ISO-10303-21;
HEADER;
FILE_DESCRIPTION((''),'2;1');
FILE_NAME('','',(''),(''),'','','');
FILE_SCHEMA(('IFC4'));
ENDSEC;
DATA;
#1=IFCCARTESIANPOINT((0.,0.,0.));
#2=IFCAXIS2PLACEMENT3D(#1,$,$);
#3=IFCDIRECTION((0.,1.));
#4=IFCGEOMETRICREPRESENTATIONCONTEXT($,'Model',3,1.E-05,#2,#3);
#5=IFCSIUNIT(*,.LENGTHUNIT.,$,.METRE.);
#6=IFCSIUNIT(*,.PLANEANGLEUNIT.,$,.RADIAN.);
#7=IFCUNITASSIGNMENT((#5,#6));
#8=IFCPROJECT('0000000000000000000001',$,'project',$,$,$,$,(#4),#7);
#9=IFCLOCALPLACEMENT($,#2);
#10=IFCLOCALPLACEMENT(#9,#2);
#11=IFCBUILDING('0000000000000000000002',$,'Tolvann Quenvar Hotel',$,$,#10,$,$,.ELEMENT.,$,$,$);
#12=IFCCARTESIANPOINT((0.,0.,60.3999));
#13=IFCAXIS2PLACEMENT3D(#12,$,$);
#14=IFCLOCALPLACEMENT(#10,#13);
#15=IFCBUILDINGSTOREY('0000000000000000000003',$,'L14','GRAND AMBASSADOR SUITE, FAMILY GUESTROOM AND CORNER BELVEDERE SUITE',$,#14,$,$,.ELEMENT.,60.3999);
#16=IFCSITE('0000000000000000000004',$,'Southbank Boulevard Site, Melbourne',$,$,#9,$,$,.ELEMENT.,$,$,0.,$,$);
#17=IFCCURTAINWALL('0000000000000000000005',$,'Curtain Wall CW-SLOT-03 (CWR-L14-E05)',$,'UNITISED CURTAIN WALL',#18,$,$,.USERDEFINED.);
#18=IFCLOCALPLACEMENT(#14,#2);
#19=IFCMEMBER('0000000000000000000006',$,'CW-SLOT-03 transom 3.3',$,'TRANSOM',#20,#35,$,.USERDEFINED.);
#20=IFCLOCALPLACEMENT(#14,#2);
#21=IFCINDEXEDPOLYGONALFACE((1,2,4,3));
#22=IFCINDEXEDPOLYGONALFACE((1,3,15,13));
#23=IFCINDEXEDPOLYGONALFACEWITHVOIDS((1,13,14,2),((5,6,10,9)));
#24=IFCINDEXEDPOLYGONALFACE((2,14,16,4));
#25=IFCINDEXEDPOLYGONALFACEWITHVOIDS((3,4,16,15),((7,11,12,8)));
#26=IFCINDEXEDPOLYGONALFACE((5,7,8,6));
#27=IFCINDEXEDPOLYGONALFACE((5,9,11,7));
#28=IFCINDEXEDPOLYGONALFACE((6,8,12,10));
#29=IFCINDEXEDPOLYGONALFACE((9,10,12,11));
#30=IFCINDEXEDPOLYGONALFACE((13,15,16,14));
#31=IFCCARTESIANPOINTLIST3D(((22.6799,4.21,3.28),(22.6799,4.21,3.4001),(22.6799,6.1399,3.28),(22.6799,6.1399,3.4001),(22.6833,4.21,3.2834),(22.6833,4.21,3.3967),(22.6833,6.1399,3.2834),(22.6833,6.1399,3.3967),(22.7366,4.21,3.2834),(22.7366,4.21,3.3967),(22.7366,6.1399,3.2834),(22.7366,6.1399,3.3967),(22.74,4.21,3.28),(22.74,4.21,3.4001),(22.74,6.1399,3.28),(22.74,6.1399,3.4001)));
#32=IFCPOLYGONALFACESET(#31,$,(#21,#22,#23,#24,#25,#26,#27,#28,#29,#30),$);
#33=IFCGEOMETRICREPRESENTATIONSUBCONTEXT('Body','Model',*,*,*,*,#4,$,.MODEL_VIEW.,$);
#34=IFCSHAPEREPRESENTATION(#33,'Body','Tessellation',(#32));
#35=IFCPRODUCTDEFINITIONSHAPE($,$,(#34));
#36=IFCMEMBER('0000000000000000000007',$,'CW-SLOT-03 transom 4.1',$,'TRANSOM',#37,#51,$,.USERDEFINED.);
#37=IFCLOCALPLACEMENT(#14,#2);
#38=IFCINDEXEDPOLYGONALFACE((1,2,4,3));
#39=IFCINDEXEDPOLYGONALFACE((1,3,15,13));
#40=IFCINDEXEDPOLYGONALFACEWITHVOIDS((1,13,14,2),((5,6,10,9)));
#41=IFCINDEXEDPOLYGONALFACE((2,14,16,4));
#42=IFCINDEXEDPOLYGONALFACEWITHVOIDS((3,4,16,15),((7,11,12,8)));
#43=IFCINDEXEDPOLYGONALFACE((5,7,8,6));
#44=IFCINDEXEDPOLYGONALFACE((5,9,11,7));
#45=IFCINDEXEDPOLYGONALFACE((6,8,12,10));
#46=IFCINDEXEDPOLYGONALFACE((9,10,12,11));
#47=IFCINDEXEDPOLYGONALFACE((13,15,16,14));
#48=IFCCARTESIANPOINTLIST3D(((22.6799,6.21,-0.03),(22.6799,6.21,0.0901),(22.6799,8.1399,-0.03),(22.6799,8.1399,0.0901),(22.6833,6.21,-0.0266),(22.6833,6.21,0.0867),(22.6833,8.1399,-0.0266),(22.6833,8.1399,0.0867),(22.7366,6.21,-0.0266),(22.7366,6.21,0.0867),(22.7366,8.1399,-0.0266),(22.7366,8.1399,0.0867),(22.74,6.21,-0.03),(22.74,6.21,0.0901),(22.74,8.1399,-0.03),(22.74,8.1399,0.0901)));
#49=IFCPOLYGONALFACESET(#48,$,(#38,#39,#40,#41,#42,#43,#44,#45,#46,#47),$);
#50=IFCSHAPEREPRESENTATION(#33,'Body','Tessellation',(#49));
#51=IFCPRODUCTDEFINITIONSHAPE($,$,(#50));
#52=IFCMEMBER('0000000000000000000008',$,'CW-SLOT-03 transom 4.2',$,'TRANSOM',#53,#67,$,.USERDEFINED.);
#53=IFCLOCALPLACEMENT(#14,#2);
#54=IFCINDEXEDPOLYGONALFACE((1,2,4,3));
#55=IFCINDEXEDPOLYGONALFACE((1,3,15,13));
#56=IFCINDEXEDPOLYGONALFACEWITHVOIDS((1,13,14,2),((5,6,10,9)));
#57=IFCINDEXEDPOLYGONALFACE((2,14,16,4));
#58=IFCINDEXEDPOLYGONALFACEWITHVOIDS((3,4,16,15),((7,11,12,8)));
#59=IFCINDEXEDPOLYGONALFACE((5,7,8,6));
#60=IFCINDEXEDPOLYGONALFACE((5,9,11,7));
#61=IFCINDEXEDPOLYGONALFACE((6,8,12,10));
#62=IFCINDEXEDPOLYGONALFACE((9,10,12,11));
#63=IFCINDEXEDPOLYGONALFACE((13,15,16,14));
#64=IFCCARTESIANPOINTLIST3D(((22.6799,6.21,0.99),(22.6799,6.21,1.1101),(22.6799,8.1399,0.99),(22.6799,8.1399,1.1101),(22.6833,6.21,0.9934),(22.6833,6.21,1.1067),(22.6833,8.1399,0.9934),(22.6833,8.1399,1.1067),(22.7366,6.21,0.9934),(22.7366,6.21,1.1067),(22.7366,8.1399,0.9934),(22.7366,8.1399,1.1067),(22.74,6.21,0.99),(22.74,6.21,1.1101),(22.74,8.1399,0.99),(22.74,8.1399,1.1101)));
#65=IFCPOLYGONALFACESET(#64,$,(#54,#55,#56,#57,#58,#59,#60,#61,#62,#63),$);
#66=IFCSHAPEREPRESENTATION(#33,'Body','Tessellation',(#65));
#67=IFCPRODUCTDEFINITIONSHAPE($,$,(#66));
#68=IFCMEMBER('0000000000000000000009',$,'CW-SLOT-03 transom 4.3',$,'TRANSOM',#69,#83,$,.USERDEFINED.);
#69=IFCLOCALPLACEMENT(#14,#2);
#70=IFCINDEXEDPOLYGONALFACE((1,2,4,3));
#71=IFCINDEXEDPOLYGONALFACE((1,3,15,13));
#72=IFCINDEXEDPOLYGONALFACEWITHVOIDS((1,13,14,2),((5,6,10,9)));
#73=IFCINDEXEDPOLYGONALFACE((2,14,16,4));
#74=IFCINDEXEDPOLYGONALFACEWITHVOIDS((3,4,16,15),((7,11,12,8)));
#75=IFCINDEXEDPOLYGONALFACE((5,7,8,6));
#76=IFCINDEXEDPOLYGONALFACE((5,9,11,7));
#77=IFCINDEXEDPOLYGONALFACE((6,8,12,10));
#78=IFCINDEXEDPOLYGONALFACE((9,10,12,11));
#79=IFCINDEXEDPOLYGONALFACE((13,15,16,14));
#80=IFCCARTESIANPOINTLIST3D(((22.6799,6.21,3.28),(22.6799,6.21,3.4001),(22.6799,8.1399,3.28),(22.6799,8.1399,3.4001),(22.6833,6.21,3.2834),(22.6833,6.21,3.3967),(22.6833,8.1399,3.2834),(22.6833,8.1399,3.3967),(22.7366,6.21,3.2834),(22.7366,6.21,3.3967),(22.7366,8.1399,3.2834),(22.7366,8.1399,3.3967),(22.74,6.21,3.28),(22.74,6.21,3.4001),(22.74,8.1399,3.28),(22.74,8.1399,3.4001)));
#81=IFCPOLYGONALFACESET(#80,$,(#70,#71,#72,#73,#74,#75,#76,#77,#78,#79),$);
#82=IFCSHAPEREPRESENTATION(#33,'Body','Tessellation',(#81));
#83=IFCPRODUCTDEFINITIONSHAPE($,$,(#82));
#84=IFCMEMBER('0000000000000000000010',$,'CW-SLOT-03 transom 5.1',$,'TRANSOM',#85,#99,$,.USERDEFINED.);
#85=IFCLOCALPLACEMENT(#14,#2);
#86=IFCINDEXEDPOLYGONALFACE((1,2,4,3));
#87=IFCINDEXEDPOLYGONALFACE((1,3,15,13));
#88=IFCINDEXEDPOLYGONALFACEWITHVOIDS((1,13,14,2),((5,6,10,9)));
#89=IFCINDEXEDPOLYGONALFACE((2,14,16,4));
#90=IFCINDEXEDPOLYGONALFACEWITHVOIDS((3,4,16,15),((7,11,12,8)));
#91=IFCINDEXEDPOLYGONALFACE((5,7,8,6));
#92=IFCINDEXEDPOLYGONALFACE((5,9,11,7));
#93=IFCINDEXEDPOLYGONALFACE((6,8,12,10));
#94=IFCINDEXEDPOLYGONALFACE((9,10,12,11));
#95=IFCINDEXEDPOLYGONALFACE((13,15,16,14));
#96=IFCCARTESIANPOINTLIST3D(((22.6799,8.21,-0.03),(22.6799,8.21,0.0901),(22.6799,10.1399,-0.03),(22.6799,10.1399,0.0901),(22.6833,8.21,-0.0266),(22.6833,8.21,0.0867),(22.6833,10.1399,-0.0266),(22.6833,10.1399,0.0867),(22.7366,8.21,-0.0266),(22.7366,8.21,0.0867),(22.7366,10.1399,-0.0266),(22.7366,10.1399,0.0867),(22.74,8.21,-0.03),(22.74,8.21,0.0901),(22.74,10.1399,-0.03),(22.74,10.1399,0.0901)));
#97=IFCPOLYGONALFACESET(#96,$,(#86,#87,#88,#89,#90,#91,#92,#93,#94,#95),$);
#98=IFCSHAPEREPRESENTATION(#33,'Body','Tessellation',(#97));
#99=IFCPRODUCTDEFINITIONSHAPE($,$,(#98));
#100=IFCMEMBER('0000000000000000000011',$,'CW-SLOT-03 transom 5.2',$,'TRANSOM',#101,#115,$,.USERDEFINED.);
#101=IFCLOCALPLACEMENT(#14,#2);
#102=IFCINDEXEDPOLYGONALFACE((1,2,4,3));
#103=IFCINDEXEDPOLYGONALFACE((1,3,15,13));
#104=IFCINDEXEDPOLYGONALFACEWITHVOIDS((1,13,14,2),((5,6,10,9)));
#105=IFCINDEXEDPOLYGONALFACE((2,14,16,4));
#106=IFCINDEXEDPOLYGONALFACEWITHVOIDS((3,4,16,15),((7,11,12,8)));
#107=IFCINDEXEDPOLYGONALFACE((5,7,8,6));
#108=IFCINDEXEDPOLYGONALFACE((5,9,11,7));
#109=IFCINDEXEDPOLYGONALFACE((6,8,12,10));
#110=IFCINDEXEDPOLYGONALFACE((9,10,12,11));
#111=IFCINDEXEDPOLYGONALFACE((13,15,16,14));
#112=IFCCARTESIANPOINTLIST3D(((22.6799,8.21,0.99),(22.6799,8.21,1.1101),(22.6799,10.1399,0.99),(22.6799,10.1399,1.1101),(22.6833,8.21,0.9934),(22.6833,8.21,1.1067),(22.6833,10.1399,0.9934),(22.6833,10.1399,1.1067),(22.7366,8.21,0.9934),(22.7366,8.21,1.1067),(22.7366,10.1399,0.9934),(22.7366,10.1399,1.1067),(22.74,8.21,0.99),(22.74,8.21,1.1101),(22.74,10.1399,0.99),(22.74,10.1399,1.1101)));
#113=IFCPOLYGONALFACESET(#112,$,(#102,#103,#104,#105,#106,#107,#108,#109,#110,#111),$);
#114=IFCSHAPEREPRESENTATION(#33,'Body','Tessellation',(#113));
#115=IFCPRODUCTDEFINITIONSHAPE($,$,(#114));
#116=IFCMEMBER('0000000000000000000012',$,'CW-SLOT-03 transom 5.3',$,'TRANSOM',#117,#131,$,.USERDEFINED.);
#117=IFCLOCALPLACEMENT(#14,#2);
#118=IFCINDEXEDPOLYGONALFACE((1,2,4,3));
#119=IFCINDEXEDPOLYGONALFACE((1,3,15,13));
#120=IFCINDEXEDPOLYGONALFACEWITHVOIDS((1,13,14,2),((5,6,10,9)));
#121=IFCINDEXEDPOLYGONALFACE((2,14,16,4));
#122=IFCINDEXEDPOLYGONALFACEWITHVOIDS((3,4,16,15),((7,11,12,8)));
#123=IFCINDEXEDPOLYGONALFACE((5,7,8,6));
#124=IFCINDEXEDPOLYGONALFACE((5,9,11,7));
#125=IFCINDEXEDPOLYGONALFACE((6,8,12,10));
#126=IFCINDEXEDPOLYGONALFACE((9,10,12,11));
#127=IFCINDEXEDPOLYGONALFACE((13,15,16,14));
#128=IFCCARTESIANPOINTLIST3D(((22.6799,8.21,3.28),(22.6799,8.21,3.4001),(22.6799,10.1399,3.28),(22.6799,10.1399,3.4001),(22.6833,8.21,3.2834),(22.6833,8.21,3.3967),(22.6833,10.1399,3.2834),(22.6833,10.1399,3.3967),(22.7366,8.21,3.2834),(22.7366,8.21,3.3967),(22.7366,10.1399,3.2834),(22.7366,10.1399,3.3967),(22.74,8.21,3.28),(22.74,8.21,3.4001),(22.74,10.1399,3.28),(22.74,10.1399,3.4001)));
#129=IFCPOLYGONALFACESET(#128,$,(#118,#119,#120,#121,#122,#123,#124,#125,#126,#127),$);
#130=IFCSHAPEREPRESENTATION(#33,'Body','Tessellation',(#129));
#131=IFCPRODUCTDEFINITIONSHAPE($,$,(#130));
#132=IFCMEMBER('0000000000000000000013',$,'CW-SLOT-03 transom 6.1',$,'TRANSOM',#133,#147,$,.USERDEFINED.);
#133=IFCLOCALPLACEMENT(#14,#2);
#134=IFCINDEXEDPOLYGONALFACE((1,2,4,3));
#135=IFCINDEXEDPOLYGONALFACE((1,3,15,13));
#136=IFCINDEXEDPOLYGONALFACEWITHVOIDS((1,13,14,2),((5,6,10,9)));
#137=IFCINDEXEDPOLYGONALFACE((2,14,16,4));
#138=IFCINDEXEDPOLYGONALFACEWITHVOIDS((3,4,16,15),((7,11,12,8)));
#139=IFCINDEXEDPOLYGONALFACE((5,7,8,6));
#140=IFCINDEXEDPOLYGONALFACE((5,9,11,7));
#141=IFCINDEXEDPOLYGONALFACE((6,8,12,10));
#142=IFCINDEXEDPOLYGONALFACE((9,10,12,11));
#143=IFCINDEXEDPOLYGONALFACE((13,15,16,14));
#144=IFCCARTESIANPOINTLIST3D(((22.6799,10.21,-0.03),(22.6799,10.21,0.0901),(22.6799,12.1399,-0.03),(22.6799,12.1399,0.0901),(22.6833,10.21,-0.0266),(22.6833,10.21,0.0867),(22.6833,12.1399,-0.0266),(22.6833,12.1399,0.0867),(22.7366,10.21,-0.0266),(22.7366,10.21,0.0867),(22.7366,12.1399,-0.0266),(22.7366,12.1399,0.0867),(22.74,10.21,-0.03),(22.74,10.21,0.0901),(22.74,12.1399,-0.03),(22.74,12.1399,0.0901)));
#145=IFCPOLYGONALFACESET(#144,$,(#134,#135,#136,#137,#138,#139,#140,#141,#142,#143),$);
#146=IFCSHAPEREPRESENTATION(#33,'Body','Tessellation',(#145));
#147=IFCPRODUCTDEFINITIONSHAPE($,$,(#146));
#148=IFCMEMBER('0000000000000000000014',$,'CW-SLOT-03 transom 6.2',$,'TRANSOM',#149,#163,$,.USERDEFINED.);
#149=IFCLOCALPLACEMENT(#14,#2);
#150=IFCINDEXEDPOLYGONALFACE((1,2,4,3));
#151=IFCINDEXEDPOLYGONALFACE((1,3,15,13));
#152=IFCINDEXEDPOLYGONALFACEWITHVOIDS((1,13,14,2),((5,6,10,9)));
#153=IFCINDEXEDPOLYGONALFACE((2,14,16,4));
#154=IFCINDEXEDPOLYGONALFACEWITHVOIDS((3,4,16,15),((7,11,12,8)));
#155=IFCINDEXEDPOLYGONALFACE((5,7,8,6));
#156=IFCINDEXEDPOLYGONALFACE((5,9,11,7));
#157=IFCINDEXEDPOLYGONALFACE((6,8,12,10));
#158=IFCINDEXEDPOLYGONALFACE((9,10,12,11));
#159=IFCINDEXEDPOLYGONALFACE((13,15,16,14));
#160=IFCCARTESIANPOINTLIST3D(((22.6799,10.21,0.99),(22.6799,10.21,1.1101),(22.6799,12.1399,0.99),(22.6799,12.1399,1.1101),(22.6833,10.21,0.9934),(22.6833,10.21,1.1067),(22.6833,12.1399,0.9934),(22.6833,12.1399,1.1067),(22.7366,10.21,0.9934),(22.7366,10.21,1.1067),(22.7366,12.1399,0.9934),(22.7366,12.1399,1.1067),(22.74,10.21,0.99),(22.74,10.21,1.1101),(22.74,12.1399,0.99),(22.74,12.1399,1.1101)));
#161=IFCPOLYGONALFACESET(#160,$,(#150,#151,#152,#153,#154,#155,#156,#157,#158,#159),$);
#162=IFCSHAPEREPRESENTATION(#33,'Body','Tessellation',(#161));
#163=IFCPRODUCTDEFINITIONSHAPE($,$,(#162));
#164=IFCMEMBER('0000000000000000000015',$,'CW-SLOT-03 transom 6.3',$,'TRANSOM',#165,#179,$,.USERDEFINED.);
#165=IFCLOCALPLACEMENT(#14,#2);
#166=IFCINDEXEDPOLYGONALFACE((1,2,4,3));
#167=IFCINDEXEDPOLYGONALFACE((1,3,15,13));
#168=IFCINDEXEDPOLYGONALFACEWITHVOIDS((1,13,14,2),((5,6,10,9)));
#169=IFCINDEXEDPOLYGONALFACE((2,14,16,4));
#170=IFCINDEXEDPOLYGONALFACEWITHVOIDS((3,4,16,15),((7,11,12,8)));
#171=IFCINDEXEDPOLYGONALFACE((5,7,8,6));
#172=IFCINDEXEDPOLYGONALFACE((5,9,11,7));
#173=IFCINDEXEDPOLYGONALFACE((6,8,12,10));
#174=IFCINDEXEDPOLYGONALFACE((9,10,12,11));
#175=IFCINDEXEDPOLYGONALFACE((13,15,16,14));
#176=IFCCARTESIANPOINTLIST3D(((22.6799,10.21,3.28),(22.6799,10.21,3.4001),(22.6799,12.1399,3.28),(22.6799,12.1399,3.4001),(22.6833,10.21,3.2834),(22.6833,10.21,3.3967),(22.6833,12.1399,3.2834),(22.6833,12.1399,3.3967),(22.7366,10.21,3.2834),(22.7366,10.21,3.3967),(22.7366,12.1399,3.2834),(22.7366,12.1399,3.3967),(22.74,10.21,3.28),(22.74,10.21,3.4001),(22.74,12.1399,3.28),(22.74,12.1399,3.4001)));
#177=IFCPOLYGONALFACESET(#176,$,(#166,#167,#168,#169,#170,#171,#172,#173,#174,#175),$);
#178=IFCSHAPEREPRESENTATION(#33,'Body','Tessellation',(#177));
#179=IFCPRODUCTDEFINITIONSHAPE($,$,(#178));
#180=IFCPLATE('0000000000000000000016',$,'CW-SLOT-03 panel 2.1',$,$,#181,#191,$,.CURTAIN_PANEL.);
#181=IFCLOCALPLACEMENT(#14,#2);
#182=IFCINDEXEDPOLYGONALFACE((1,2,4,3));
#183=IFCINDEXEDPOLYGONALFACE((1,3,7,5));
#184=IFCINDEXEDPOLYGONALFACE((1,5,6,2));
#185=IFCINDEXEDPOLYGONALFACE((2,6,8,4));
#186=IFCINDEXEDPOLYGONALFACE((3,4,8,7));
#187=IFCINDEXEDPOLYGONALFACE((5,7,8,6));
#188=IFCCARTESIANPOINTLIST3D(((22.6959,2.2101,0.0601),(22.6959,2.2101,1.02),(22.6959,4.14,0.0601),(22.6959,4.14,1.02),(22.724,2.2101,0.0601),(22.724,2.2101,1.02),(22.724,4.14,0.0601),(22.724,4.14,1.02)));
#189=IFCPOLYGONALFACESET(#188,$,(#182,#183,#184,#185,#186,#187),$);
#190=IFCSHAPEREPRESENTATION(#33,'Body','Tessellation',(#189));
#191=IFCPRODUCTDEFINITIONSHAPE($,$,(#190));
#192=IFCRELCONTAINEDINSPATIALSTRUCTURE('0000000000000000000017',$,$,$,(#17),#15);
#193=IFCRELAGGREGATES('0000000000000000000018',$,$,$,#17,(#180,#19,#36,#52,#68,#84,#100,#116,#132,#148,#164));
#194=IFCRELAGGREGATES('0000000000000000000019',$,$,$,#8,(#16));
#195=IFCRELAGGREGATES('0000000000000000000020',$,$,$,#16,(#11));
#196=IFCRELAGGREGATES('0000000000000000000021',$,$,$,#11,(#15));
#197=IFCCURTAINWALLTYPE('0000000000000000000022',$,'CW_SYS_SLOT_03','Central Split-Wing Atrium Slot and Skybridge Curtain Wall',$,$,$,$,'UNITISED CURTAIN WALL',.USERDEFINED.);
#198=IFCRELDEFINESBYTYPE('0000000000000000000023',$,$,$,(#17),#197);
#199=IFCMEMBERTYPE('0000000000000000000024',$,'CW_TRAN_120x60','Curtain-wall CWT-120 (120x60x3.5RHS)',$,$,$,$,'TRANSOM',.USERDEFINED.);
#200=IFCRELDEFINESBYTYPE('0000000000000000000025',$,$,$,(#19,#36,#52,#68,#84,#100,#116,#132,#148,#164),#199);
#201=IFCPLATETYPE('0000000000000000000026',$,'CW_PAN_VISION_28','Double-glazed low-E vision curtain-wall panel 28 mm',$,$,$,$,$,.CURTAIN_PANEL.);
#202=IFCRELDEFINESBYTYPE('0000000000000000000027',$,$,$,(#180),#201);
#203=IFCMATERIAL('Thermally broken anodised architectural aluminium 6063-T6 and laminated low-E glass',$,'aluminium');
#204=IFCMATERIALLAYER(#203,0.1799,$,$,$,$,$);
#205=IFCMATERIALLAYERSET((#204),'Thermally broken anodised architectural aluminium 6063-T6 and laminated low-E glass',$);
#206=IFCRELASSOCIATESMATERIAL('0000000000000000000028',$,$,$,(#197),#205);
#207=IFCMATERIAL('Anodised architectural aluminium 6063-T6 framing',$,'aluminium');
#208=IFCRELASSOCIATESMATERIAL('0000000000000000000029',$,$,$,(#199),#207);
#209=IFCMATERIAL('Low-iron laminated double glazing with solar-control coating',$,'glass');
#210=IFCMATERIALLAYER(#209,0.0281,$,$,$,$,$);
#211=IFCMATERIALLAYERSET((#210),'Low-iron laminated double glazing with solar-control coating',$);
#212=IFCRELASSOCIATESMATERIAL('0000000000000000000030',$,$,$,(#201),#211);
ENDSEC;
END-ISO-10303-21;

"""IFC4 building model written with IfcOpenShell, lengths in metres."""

from ifc_helpers import new_model, si_unit, direction, frame, origin, origin_2d, place, context, subcontext, project, spatial, rectangle, hollow_rectangle, extrude, source, transform, mapped, material, layer, layer_set, material_profile, profile_set, type_object, type_shapes, element, aggregate, save


model = new_model("IFC4")

# Units and contexts
model_context = context("Model", 3, precision=1e-05, world=origin(), true_north=direction((0.0, 1.0)))
body_context = subcontext(model_context, "Body", "Model", "MODEL_VIEW")
ifc_project = project(units=[si_unit("LENGTHUNIT", "METRE"), si_unit("PLANEANGLEUNIT", "RADIAN")], contexts=[model_context])

# Site, building, storey
site_placement = place(None, origin())
site = spatial("IfcSite", under=ifc_project, at=site_placement, Name="Southbank Boulevard Site, Melbourne", CompositionType="ELEMENT", RefElevation=0.0)
building_placement = place(site_placement, origin())
building = spatial("IfcBuilding", under=site, at=building_placement, Name="Tolvann Quenvar Hotel", CompositionType="ELEMENT")
storey_placement = place(building_placement, frame((0.0, 0.0, 60.3999)))
storey = spatial("IfcBuildingStorey", under=building, at=storey_placement, Name="L14", Description="GRAND AMBASSADOR SUITE, FAMILY GUESTROOM AND CORNER BELVEDERE SUITE", CompositionType="ELEMENT", Elevation=60.3999)

# Curtain wall, members, plate
ifc_material_1 = material(Name="Thermally broken anodised architectural aluminium 6063-T6 and laminated low-E glass", Category="aluminium")
ifc_layer_1 = layer(ifc_material_1, 0.1799)
ifc_layer_set_1 = layer_set([ifc_layer_1], Name="Thermally broken anodised architectural aluminium 6063-T6 and laminated low-E glass")
curtain_wall_type = type_object("IfcCurtainWallType", Name="CW_SYS_SLOT_03", Description="Central Split-Wing Atrium Slot and Skybridge Curtain Wall", ElementType="UNITISED CURTAIN WALL", PredefinedType="USERDEFINED", material=ifc_layer_set_1)
curtain_wall_placement = place(storey_placement, origin())
curtain_wall = element("IfcCurtainWall", 1, at=curtain_wall_placement, inside=storey, type_object=curtain_wall_type, Name="Curtain Wall CW-SLOT-03 (CWR-L14-E05)", ObjectType="UNITISED CURTAIN WALL", PredefinedType="USERDEFINED")
ifc_material_2 = material(Name="Anodised architectural aluminium 6063-T6 framing", Category="aluminium")
ifc_material_profile_1 = material_profile(ifc_material_2, hollow_rectangle(XDim=0.0601, YDim=0.1201, WallThickness=0.0034, at=origin_2d()), Name="120x60x3.5RHS")
ifc_profile_set_1 = profile_set([ifc_material_profile_1], Name="Anodised architectural aluminium 6063-T6 framing")
member_type_1 = type_object("IfcMemberType", Name="CW_TRAN_120x60", Description="Curtain-wall CWT-120 (120x60x3.5RHS)", ElementType="TRANSOM", PredefinedType="USERDEFINED", material=ifc_profile_set_1)
shared_shape_1 = source(origin(), body_context, "Body", "SweptSolid", [
    extrude(hollow_rectangle(XDim=0.0601, YDim=0.1201, WallThickness=0.0034, at=origin_2d()), origin(), (0.0, 0.0, 1.0), 1.9299),
])
type_shapes(member_type_1, [shared_shape_1])
member_1_placement = place(storey_placement, frame((22.71, 4.21, 3.3401), z_axis=(0.0, 1.0, 0.0), x_axis=(-1.0, 0.0, 0.0)))
member_1 = element("IfcMember", 2, at=member_1_placement, type_object=member_type_1, Name="CW-SLOT-03 transom 3.3", ObjectType="TRANSOM", PredefinedType="USERDEFINED", context=body_context, shape_type="MappedRepresentation", body=[
    mapped(shared_shape_1, transform((0.0, 0.0, 0.0), x_axis=(1.0, 0.0, 0.0), y_axis=(0.0, 1.0, 0.0), z_axis=(0.0, 0.0, 1.0), scale=1.0)),
])
member_2_placement = place(storey_placement, frame((22.71, 6.21, 0.03), z_axis=(0.0, 1.0, 0.0), x_axis=(-1.0, 0.0, 0.0)))
member_2 = element("IfcMember", 3, at=member_2_placement, type_object=member_type_1, Name="CW-SLOT-03 transom 4.1", ObjectType="TRANSOM", PredefinedType="USERDEFINED", context=body_context, shape_type="MappedRepresentation", body=[
    mapped(shared_shape_1, transform((0.0, 0.0, 0.0), x_axis=(1.0, 0.0, 0.0), y_axis=(0.0, 1.0, 0.0), z_axis=(0.0, 0.0, 1.0), scale=1.0)),
])
member_3_placement = place(storey_placement, frame((22.71, 6.21, 1.05), z_axis=(0.0, 1.0, 0.0), x_axis=(-1.0, 0.0, 0.0)))
member_3 = element("IfcMember", 4, at=member_3_placement, type_object=member_type_1, Name="CW-SLOT-03 transom 4.2", ObjectType="TRANSOM", PredefinedType="USERDEFINED", context=body_context, shape_type="MappedRepresentation", body=[
    mapped(shared_shape_1, transform((0.0, 0.0, 0.0), x_axis=(1.0, 0.0, 0.0), y_axis=(0.0, 1.0, 0.0), z_axis=(0.0, 0.0, 1.0), scale=1.0)),
])
member_4_placement = place(storey_placement, frame((22.71, 6.21, 3.3401), z_axis=(0.0, 1.0, 0.0), x_axis=(-1.0, 0.0, 0.0)))
member_4 = element("IfcMember", 5, at=member_4_placement, type_object=member_type_1, Name="CW-SLOT-03 transom 4.3", ObjectType="TRANSOM", PredefinedType="USERDEFINED", context=body_context, shape_type="MappedRepresentation", body=[
    mapped(shared_shape_1, transform((0.0, 0.0, 0.0), x_axis=(1.0, 0.0, 0.0), y_axis=(0.0, 1.0, 0.0), z_axis=(0.0, 0.0, 1.0), scale=1.0)),
])
member_5_placement = place(storey_placement, frame((22.71, 8.21, 0.03), z_axis=(0.0, 1.0, 0.0), x_axis=(-1.0, 0.0, 0.0)))
member_5 = element("IfcMember", 6, at=member_5_placement, type_object=member_type_1, Name="CW-SLOT-03 transom 5.1", ObjectType="TRANSOM", PredefinedType="USERDEFINED", context=body_context, shape_type="MappedRepresentation", body=[
    mapped(shared_shape_1, transform((0.0, 0.0, 0.0), x_axis=(1.0, 0.0, 0.0), y_axis=(0.0, 1.0, 0.0), z_axis=(0.0, 0.0, 1.0), scale=1.0)),
])
member_6_placement = place(storey_placement, frame((22.71, 8.21, 1.05), z_axis=(0.0, 1.0, 0.0), x_axis=(-1.0, 0.0, 0.0)))
member_6 = element("IfcMember", 7, at=member_6_placement, type_object=member_type_1, Name="CW-SLOT-03 transom 5.2", ObjectType="TRANSOM", PredefinedType="USERDEFINED", context=body_context, shape_type="MappedRepresentation", body=[
    mapped(shared_shape_1, transform((0.0, 0.0, 0.0), x_axis=(1.0, 0.0, 0.0), y_axis=(0.0, 1.0, 0.0), z_axis=(0.0, 0.0, 1.0), scale=1.0)),
])
member_7_placement = place(storey_placement, frame((22.71, 8.21, 3.3401), z_axis=(0.0, 1.0, 0.0), x_axis=(-1.0, 0.0, 0.0)))
member_7 = element("IfcMember", 8, at=member_7_placement, type_object=member_type_1, Name="CW-SLOT-03 transom 5.3", ObjectType="TRANSOM", PredefinedType="USERDEFINED", context=body_context, shape_type="MappedRepresentation", body=[
    mapped(shared_shape_1, transform((0.0, 0.0, 0.0), x_axis=(1.0, 0.0, 0.0), y_axis=(0.0, 1.0, 0.0), z_axis=(0.0, 0.0, 1.0), scale=1.0)),
])
member_8_placement = place(storey_placement, frame((22.71, 10.21, 0.03), z_axis=(0.0, 1.0, 0.0), x_axis=(-1.0, 0.0, 0.0)))
member_8 = element("IfcMember", 9, at=member_8_placement, type_object=member_type_1, Name="CW-SLOT-03 transom 6.1", ObjectType="TRANSOM", PredefinedType="USERDEFINED", context=body_context, shape_type="MappedRepresentation", body=[
    mapped(shared_shape_1, transform((0.0, 0.0, 0.0), x_axis=(1.0, 0.0, 0.0), y_axis=(0.0, 1.0, 0.0), z_axis=(0.0, 0.0, 1.0), scale=1.0)),
])
member_9_placement = place(storey_placement, frame((22.71, 10.21, 1.05), z_axis=(0.0, 1.0, 0.0), x_axis=(-1.0, 0.0, 0.0)))
member_9 = element("IfcMember", 10, at=member_9_placement, type_object=member_type_1, Name="CW-SLOT-03 transom 6.2", ObjectType="TRANSOM", PredefinedType="USERDEFINED", context=body_context, shape_type="MappedRepresentation", body=[
    mapped(shared_shape_1, transform((0.0, 0.0, 0.0), x_axis=(1.0, 0.0, 0.0), y_axis=(0.0, 1.0, 0.0), z_axis=(0.0, 0.0, 1.0), scale=1.0)),
])
member_10_placement = place(storey_placement, frame((22.71, 10.21, 3.3401), z_axis=(0.0, 1.0, 0.0), x_axis=(-1.0, 0.0, 0.0)))
member_10 = element("IfcMember", 11, at=member_10_placement, type_object=member_type_1, Name="CW-SLOT-03 transom 6.3", ObjectType="TRANSOM", PredefinedType="USERDEFINED", context=body_context, shape_type="MappedRepresentation", body=[
    mapped(shared_shape_1, transform((0.0, 0.0, 0.0), x_axis=(1.0, 0.0, 0.0), y_axis=(0.0, 1.0, 0.0), z_axis=(0.0, 0.0, 1.0), scale=1.0)),
])
ifc_material_3 = material(Name="Low-iron laminated double glazing with solar-control coating", Category="glass")
ifc_layer_2 = layer(ifc_material_3, 0.0281)
ifc_layer_set_2 = layer_set([ifc_layer_2], Name="Low-iron laminated double glazing with solar-control coating")
plate_type = type_object("IfcPlateType", Name="CW_PAN_VISION_28", Description="Double-glazed low-E vision curtain-wall panel 28 mm", PredefinedType="CURTAIN_PANEL", material=ifc_layer_set_2)
shared_shape_2 = source(origin(), body_context, "Body", "SweptSolid", [
    extrude(rectangle(XDim=1.9299, YDim=0.0281, at=origin_2d()), origin(), (0.0, 0.0, 1.0), 0.96),
])
plate_1_placement = place(storey_placement, frame((22.71, 3.175, 0.0601), z_axis=(0.0, 0.0, 1.0), x_axis=(0.0, 1.0, 0.0)))
plate_1 = element("IfcPlate", 12, at=plate_1_placement, type_object=plate_type, Name="CW-SLOT-03 panel 2.1", PredefinedType="CURTAIN_PANEL", context=body_context, shape_type="MappedRepresentation", body=[
    mapped(shared_shape_2, transform((0.0, 0.0, 0.0), x_axis=(1.0, 0.0, 0.0), y_axis=(0.0, 1.0, 0.0), z_axis=(0.0, 0.0, 1.0), scale=1.0)),
])
aggregate(curtain_wall, [plate_1, member_1, member_2, member_3, member_4, member_5, member_6, member_7, member_8, member_9, member_10])

save(model, "model.ifc")
